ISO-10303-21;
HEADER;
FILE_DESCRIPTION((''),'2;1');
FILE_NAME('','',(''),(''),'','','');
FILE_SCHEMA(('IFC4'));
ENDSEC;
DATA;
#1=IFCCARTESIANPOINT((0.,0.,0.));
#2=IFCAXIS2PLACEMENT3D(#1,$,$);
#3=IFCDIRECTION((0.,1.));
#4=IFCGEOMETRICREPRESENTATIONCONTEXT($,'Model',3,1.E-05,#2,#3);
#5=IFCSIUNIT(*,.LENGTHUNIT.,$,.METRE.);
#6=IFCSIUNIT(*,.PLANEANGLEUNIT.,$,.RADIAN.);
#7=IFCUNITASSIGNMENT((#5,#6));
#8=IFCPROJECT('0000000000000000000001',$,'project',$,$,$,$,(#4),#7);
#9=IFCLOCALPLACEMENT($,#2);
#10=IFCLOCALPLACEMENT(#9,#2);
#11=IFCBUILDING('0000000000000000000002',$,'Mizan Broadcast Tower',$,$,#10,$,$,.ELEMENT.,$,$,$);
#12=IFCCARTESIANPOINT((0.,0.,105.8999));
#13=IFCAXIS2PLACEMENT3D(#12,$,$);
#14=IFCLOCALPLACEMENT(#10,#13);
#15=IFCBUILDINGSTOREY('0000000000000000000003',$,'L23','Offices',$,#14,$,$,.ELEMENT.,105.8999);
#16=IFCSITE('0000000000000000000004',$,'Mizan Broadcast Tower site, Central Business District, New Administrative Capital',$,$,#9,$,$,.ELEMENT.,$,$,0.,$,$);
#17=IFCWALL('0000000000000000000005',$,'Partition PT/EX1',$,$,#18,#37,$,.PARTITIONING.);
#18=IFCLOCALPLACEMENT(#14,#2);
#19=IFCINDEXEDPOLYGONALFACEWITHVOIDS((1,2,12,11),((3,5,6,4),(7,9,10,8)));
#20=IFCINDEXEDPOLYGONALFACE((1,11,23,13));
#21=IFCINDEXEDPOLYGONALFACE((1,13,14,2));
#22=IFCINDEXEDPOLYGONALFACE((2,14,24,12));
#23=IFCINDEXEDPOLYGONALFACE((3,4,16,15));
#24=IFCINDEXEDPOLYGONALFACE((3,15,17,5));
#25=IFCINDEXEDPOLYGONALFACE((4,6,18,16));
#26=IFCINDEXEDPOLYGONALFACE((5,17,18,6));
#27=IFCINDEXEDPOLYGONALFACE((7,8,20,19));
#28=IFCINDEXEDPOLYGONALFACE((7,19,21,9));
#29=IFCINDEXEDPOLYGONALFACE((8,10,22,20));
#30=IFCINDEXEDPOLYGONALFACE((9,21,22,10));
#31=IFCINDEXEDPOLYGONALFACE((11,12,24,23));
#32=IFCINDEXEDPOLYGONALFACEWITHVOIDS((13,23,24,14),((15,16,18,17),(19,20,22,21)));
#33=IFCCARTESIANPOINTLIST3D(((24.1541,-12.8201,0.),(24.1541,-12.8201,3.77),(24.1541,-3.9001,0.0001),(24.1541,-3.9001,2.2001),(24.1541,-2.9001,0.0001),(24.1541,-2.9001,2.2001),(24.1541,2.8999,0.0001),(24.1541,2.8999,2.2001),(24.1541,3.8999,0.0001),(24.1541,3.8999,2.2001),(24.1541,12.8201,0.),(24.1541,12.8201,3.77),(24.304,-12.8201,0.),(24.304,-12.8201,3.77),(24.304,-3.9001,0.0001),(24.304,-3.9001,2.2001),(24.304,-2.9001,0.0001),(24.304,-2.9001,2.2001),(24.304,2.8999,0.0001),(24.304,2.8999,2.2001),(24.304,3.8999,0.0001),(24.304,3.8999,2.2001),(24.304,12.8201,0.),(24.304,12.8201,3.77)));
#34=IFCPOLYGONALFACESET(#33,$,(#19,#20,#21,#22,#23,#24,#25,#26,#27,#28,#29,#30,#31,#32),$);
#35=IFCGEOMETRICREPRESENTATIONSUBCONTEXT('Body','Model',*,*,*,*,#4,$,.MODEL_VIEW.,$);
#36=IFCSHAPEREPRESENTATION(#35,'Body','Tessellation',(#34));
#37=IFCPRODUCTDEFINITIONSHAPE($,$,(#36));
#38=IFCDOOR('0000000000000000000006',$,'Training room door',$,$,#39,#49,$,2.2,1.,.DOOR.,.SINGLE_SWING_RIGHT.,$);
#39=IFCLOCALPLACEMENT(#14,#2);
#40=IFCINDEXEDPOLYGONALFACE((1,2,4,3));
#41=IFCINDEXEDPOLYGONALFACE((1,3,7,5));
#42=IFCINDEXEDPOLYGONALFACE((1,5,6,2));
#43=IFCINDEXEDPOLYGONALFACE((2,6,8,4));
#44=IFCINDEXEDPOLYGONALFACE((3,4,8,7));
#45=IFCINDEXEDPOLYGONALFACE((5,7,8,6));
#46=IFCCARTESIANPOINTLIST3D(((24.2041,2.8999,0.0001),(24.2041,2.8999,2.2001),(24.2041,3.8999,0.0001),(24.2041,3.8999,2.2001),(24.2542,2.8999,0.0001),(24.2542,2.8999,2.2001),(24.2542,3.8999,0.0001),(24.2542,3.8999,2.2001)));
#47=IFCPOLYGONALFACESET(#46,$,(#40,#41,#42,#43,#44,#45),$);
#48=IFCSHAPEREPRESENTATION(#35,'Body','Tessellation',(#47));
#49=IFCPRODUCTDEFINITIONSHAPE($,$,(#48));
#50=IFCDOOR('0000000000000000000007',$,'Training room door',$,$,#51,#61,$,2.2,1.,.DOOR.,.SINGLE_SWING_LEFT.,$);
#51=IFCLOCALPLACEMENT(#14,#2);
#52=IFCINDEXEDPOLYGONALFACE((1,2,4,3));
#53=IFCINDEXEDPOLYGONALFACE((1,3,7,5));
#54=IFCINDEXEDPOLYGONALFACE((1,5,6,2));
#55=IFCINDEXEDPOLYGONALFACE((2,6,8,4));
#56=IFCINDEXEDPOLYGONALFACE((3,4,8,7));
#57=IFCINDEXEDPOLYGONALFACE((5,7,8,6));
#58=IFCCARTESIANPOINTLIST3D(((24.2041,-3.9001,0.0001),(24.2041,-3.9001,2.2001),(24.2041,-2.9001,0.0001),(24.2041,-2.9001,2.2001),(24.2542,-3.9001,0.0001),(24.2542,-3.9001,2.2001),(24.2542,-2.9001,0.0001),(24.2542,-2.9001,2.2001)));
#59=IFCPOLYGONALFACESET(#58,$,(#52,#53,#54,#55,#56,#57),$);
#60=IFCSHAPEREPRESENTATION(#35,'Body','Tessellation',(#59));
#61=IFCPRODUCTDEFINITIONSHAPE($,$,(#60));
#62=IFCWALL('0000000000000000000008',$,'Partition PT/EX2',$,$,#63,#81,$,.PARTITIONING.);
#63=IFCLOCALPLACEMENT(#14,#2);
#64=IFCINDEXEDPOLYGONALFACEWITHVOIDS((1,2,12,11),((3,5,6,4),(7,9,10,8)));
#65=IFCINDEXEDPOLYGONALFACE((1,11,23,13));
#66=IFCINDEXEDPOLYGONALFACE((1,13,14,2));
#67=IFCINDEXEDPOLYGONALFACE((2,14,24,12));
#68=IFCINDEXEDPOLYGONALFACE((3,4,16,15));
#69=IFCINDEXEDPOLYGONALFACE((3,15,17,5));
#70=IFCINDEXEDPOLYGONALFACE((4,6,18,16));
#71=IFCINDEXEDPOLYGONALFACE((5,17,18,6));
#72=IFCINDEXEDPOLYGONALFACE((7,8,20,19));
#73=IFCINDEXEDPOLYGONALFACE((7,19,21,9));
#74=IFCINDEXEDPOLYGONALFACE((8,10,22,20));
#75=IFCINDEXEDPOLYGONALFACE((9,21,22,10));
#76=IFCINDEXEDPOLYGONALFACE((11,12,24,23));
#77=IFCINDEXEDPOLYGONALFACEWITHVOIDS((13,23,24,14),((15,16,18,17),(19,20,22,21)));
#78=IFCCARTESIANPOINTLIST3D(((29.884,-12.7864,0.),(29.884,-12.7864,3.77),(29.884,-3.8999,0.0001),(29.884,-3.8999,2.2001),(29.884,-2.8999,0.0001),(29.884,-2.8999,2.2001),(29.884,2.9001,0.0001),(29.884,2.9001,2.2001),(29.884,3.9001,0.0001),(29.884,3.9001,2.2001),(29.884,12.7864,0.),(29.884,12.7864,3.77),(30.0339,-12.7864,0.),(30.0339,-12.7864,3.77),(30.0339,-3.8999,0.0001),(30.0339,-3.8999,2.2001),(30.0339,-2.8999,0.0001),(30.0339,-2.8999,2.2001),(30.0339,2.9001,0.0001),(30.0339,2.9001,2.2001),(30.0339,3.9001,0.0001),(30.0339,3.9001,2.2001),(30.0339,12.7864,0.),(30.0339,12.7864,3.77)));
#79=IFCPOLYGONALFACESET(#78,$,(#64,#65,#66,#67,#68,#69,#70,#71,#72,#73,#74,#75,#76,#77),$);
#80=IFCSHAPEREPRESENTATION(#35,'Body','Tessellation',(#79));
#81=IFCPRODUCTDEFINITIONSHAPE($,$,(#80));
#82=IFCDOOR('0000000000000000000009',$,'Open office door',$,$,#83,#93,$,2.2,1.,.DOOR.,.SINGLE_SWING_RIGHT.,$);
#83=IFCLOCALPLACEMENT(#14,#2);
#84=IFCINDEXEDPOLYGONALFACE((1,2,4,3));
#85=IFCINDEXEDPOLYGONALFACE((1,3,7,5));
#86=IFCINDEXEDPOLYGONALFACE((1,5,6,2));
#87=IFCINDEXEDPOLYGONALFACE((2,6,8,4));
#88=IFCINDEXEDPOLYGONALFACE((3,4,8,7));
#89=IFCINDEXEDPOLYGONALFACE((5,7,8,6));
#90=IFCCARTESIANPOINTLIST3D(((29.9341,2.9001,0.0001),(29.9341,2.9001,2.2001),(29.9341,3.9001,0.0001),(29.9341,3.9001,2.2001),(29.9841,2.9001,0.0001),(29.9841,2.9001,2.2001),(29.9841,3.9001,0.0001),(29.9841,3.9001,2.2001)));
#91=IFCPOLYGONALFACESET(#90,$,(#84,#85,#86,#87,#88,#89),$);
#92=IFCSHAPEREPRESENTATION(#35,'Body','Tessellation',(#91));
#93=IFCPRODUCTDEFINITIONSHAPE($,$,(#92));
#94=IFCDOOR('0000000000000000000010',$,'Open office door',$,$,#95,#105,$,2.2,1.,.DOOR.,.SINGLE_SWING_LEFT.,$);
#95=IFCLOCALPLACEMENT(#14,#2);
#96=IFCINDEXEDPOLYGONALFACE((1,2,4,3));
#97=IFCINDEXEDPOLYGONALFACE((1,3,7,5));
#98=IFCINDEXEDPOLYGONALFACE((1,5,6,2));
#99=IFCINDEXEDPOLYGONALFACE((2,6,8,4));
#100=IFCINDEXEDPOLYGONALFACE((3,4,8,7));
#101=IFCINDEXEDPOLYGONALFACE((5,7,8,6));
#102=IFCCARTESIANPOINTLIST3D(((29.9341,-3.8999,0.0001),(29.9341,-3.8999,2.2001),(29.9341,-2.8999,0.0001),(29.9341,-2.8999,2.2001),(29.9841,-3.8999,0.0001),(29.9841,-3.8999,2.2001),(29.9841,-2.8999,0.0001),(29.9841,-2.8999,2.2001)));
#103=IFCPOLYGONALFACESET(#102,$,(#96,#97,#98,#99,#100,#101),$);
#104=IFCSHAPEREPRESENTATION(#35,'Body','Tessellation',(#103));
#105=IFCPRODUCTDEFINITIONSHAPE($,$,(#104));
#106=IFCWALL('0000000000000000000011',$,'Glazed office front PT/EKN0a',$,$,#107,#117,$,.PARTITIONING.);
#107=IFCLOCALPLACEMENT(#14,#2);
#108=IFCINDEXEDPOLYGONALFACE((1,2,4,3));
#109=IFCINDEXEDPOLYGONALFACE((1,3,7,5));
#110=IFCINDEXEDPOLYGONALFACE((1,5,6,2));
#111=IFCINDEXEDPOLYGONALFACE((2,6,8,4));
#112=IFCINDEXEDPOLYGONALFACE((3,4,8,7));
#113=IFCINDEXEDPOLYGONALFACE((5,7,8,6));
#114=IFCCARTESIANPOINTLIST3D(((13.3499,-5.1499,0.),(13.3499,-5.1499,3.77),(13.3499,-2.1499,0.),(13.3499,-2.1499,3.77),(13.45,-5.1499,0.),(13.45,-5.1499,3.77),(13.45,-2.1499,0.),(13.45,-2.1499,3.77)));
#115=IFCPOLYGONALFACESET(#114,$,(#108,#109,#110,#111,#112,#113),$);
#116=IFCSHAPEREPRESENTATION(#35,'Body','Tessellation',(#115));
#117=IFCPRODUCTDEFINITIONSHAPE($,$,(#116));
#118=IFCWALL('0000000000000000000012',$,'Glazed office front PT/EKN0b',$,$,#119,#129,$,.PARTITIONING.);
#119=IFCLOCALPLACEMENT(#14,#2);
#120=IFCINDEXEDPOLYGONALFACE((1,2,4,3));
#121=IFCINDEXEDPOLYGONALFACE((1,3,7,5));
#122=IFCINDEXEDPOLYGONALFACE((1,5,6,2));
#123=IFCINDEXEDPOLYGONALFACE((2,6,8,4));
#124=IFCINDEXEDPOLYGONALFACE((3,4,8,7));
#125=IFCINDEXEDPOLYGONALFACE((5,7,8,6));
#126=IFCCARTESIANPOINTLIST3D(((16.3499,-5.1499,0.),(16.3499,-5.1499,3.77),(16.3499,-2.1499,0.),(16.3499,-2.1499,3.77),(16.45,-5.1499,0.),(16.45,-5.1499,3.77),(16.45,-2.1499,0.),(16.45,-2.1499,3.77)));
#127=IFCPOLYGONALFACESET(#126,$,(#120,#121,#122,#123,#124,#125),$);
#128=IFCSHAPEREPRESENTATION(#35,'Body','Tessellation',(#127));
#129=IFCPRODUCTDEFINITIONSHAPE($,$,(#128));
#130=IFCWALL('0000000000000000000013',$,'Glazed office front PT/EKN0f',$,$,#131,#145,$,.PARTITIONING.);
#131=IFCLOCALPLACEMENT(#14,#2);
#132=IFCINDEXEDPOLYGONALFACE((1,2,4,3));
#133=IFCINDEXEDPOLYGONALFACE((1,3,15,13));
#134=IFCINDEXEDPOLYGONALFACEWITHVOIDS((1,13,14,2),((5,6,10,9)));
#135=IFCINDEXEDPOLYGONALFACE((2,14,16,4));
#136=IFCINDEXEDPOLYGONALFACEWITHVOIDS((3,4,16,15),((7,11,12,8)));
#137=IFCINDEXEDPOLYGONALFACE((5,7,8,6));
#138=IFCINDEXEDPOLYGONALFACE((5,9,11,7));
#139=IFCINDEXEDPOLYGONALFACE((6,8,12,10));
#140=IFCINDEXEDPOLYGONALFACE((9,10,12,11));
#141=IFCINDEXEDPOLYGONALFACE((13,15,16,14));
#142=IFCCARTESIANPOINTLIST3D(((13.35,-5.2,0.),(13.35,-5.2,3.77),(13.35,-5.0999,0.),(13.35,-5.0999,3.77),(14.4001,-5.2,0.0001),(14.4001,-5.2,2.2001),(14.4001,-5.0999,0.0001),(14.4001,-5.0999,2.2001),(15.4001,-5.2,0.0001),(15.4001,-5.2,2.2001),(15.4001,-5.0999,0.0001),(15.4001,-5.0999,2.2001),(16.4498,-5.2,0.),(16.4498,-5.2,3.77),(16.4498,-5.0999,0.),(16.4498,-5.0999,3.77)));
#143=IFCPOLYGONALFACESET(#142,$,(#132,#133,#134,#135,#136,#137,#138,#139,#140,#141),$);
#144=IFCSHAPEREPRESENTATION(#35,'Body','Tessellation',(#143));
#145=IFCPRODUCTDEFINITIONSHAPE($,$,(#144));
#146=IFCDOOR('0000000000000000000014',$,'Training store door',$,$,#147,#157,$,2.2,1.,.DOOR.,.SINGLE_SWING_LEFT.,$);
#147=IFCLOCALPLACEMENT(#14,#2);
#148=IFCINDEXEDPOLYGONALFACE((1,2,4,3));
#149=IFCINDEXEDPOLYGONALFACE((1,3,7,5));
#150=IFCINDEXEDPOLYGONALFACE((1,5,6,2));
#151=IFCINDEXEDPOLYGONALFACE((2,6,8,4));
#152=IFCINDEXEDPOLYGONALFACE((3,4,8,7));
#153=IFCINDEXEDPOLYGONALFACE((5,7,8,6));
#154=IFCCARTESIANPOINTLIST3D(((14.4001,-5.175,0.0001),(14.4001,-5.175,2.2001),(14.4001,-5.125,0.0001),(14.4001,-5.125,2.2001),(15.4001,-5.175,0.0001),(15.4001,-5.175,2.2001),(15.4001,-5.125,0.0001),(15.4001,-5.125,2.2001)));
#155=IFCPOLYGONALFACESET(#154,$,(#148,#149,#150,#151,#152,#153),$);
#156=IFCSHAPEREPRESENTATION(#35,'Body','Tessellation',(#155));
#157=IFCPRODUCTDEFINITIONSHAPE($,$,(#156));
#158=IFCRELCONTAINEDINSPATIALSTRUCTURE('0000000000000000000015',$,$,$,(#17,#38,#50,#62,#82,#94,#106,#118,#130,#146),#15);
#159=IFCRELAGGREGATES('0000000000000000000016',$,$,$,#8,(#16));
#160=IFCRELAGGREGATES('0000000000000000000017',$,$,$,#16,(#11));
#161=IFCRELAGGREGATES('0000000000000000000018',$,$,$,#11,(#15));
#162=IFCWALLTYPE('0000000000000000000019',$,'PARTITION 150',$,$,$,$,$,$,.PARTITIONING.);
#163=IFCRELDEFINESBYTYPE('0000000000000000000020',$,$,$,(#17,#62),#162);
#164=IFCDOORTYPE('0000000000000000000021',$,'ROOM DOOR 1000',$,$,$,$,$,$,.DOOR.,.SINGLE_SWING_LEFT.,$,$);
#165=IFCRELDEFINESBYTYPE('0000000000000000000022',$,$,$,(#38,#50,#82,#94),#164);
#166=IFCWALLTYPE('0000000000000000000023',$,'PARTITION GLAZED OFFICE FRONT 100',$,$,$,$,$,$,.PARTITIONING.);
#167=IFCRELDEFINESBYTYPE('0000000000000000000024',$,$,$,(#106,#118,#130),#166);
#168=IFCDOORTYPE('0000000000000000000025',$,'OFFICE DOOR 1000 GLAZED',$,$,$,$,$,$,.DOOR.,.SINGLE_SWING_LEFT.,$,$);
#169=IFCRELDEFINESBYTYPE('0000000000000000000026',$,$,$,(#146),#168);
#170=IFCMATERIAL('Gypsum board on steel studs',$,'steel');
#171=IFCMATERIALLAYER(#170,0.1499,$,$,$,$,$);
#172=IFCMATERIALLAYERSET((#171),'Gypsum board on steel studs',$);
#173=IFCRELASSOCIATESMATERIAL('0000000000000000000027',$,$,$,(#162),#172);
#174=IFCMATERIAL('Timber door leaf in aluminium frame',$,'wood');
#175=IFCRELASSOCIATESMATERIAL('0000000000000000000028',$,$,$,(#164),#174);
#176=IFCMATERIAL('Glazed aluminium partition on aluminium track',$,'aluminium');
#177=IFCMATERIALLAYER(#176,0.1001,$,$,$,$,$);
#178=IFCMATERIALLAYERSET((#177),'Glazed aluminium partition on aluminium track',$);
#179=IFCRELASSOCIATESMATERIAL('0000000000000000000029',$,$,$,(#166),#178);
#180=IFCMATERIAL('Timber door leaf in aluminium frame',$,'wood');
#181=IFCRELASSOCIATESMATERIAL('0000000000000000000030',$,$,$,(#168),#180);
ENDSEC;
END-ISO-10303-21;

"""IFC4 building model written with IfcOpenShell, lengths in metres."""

from ifc_helpers import new_model, si_unit, direction, frame, frame_2d, origin, place, context, subcontext, project, spatial, rectangle, extrude, material, layer, layer_set, type_object, element, fill, save


model = new_model("IFC4")

# Units and contexts
model_context = context("Model", 3, precision=1e-05, world=origin(), true_north=direction((0.0, 1.0)))
body_context = subcontext(model_context, "Body", "Model", "MODEL_VIEW")
ifc_project = project(units=[si_unit("LENGTHUNIT", "METRE"), si_unit("PLANEANGLEUNIT", "RADIAN")], contexts=[model_context])

# Site, building, storey
site_placement = place(None, origin())
site = spatial("IfcSite", under=ifc_project, at=site_placement, Name="Mizan Broadcast Tower site, Central Business District, New Administrative Capital", CompositionType="ELEMENT", RefElevation=0.0)
building_placement = place(site_placement, origin())
building = spatial("IfcBuilding", under=site, at=building_placement, Name="Mizan Broadcast Tower", CompositionType="ELEMENT")
storey_placement = place(building_placement, frame((0.0, 0.0, 105.8999)))
storey = spatial("IfcBuildingStorey", under=building, at=storey_placement, Name="L23", Description="Offices", CompositionType="ELEMENT", Elevation=105.8999)

# Walls, openings, doors
ifc_material_1 = material(Name="Gypsum board on steel studs", Category="steel")
ifc_layer_1 = layer(ifc_material_1, 0.1499)
ifc_layer_set_1 = layer_set([ifc_layer_1], Name="Gypsum board on steel studs")
wall_type_1 = type_object("IfcWallType", Name="PARTITION 150", PredefinedType="PARTITIONING", material=ifc_layer_set_1)
wall_1_placement = place(storey_placement, frame((24.229, -12.8201, 0.0), z_axis=(0.0, 0.0, 1.0), x_axis=(0.0, 1.0, 0.0)))
wall_1 = element("IfcWall", 1, at=wall_1_placement, inside=storey, type_object=wall_type_1, Name="Partition PT/EX1", PredefinedType="PARTITIONING", context=body_context, shape_type="SweptSolid", body=[
    extrude(rectangle(XDim=25.6401, YDim=0.1499, at=frame_2d((12.8201, 0.0))), origin(), (0.0, 0.0, 1.0), 3.77),
])
opening_1_placement = place(wall_1_placement, frame((15.72, 0.0, 0.0)))
opening_1 = element("IfcOpeningElement", 2, at=opening_1_placement, cuts=wall_1, PredefinedType="OPENING", context=body_context, shape_type="SweptSolid", body=[
    extrude(rectangle(XDim=1.0, YDim=2.2, at=frame_2d((0.5, 1.1001))), frame((0.0, 0.085, 0.0), z_axis=(0.0, -1.0, 0.0), x_axis=(1.0, 0.0, 0.0)), (0.0, 0.0, 1.0), 0.1699),
])
opening_2_placement = place(wall_1_placement, frame((8.9199, 0.0, 0.0)))
opening_2 = element("IfcOpeningElement", 3, at=opening_2_placement, cuts=wall_1, PredefinedType="OPENING", context=body_context, shape_type="SweptSolid", body=[
    extrude(rectangle(XDim=1.0, YDim=2.2, at=frame_2d((0.5, 1.1001))), frame((0.0, 0.085, 0.0), z_axis=(0.0, -1.0, 0.0), x_axis=(1.0, 0.0, 0.0)), (0.0, 0.0, 1.0), 0.1699),
])
ifc_material_2 = material(Name="Timber door leaf in aluminium frame", Category="wood")
door_type_1 = type_object("IfcDoorType", Name="ROOM DOOR 1000", OperationType="SINGLE_SWING_LEFT", PredefinedType="DOOR", material=ifc_material_2)
door_1_placement = place(opening_1_placement, origin())
door_1 = element("IfcDoor", 4, at=door_1_placement, inside=storey, type_object=door_type_1, Name="Training room door", OperationType="SINGLE_SWING_RIGHT", OverallHeight=2.2, OverallWidth=1.0, PredefinedType="DOOR", context=body_context, shape_type="SweptSolid", body=[
    extrude(rectangle(XDim=1.0, YDim=2.2, at=frame_2d((0.5, 1.1001))), frame((0.0, 0.0249, 0.0), z_axis=(0.0, -1.0, 0.0), x_axis=(1.0, 0.0, 0.0)), (0.0, 0.0, 1.0), 0.05),
])
fill(opening_1, door_1)
door_2_placement = place(opening_2_placement, origin())
door_2 = element("IfcDoor", 5, at=door_2_placement, inside=storey, type_object=door_type_1, Name="Training room door", OperationType="SINGLE_SWING_LEFT", OverallHeight=2.2, OverallWidth=1.0, PredefinedType="DOOR", context=body_context, shape_type="SweptSolid", body=[
    extrude(rectangle(XDim=1.0, YDim=2.2, at=frame_2d((0.5, 1.1001))), frame((0.0, 0.0249, 0.0), z_axis=(0.0, -1.0, 0.0), x_axis=(1.0, 0.0, 0.0)), (0.0, 0.0, 1.0), 0.05),
])
fill(opening_2, door_2)
wall_2_placement = place(storey_placement, frame((29.959, -12.7864, 0.0), z_axis=(0.0, 0.0, 1.0), x_axis=(0.0, 1.0, 0.0)))
wall_2 = element("IfcWall", 6, at=wall_2_placement, inside=storey, type_object=wall_type_1, Name="Partition PT/EX2", PredefinedType="PARTITIONING", context=body_context, shape_type="SweptSolid", body=[
    extrude(rectangle(XDim=25.5728, YDim=0.1499, at=frame_2d((12.7864, 0.0))), origin(), (0.0, 0.0, 1.0), 3.77),
])
opening_3_placement = place(wall_2_placement, frame((15.6865, 0.0, 0.0)))
opening_3 = element("IfcOpeningElement", 7, at=opening_3_placement, cuts=wall_2, PredefinedType="OPENING", context=body_context, shape_type="SweptSolid", body=[
    extrude(rectangle(XDim=1.0, YDim=2.2, at=frame_2d((0.5, 1.1001))), frame((0.0, 0.085, 0.0), z_axis=(0.0, -1.0, 0.0), x_axis=(1.0, 0.0, 0.0)), (0.0, 0.0, 1.0), 0.1699),
])
opening_4_placement = place(wall_2_placement, frame((8.8865, 0.0, 0.0)))
opening_4 = element("IfcOpeningElement", 8, at=opening_4_placement, cuts=wall_2, PredefinedType="OPENING", context=body_context, shape_type="SweptSolid", body=[
    extrude(rectangle(XDim=1.0, YDim=2.2, at=frame_2d((0.5, 1.1001))), frame((0.0, 0.085, 0.0), z_axis=(0.0, -1.0, 0.0), x_axis=(1.0, 0.0, 0.0)), (0.0, 0.0, 1.0), 0.1699),
])
door_3_placement = place(opening_3_placement, origin())
door_3 = element("IfcDoor", 9, at=door_3_placement, inside=storey, type_object=door_type_1, Name="Open office door", OperationType="SINGLE_SWING_RIGHT", OverallHeight=2.2, OverallWidth=1.0, PredefinedType="DOOR", context=body_context, shape_type="SweptSolid", body=[
    extrude(rectangle(XDim=1.0, YDim=2.2, at=frame_2d((0.5, 1.1001))), frame((0.0, 0.0249, 0.0), z_axis=(0.0, -1.0, 0.0), x_axis=(1.0, 0.0, 0.0)), (0.0, 0.0, 1.0), 0.05),
])
fill(opening_3, door_3)
door_4_placement = place(opening_4_placement, origin())
door_4 = element("IfcDoor", 10, at=door_4_placement, inside=storey, type_object=door_type_1, Name="Open office door", OperationType="SINGLE_SWING_LEFT", OverallHeight=2.2, OverallWidth=1.0, PredefinedType="DOOR", context=body_context, shape_type="SweptSolid", body=[
    extrude(rectangle(XDim=1.0, YDim=2.2, at=frame_2d((0.5, 1.1001))), frame((0.0, 0.0249, 0.0), z_axis=(0.0, -1.0, 0.0), x_axis=(1.0, 0.0, 0.0)), (0.0, 0.0, 1.0), 0.05),
])
fill(opening_4, door_4)

# Walls
ifc_material_3 = material(Name="Glazed aluminium partition on aluminium track", Category="aluminium")
ifc_layer_2 = layer(ifc_material_3, 0.1001)
ifc_layer_set_2 = layer_set([ifc_layer_2], Name="Glazed aluminium partition on aluminium track")
wall_type_2 = type_object("IfcWallType", Name="PARTITION GLAZED OFFICE FRONT 100", PredefinedType="PARTITIONING", material=ifc_layer_set_2)
for number, where, z_axis, x_axis, name in (
    (11, (13.3999, -2.1499, 0.0), (0.0, 0.0, 1.0), (0.0, -1.0, 0.0), "Glazed office front PT/EKN0a"),
    (12, (16.3999, -2.1499, 0.0), (0.0, 0.0, 1.0), (0.0, -1.0, 0.0), "Glazed office front PT/EKN0b"),
):
    element("IfcWall", number, at=place(storey_placement, frame(where, z_axis=z_axis, x_axis=x_axis)), inside=storey, type_object=wall_type_2, Name=name, PredefinedType="PARTITIONING", context=body_context, shape_type="SweptSolid", body=[
        extrude(rectangle(XDim=3.0, YDim=0.1001, at=frame_2d((1.5, 0.0))), origin(), (0.0, 0.0, 1.0), 3.77),
    ])

# Wall, opening, door
wall_3_placement = place(storey_placement, frame((13.3501, -5.1499, 0.0), z_axis=(0.0, 0.0, 1.0), x_axis=(1.0, 0.0, 0.0)))
wall_3 = element("IfcWall", 13, at=wall_3_placement, inside=storey, type_object=wall_type_2, Name="Glazed office front PT/EKN0f", PredefinedType="PARTITIONING", context=body_context, shape_type="SweptSolid", body=[
    extrude(rectangle(XDim=3.0999, YDim=0.1001, at=frame_2d((1.5498, 0.0))), origin(), (0.0, 0.0, 1.0), 3.77),
])
opening_5_placement = place(wall_3_placement, frame((1.05, 0.0, 0.0)))
opening_5 = element("IfcOpeningElement", 14, at=opening_5_placement, cuts=wall_3, PredefinedType="OPENING", context=body_context, shape_type="SweptSolid", body=[
    extrude(rectangle(XDim=1.0, YDim=2.2, at=frame_2d((0.5, 1.1001))), frame((0.0, 0.0601, 0.0), z_axis=(0.0, -1.0, 0.0), x_axis=(1.0, 0.0, 0.0)), (0.0, 0.0, 1.0), 0.1201),
])
ifc_material_4 = material(Name="Timber door leaf in aluminium frame", Category="wood")
door_type_2 = type_object("IfcDoorType", Name="OFFICE DOOR 1000 GLAZED", OperationType="SINGLE_SWING_LEFT", PredefinedType="DOOR", material=ifc_material_4)
door_5_placement = place(opening_5_placement, origin())
door_5 = element("IfcDoor", 15, at=door_5_placement, inside=storey, type_object=door_type_2, Name="Training store door", OperationType="SINGLE_SWING_LEFT", OverallHeight=2.2, OverallWidth=1.0, PredefinedType="DOOR", context=body_context, shape_type="SweptSolid", body=[
    extrude(rectangle(XDim=1.0, YDim=2.2, at=frame_2d((0.5, 1.1001))), frame((0.0, 0.0249, 0.0), z_axis=(0.0, -1.0, 0.0), x_axis=(1.0, 0.0, 0.0)), (0.0, 0.0, 1.0), 0.05),
])
fill(opening_5, door_5)

save(model, "model.ifc")
